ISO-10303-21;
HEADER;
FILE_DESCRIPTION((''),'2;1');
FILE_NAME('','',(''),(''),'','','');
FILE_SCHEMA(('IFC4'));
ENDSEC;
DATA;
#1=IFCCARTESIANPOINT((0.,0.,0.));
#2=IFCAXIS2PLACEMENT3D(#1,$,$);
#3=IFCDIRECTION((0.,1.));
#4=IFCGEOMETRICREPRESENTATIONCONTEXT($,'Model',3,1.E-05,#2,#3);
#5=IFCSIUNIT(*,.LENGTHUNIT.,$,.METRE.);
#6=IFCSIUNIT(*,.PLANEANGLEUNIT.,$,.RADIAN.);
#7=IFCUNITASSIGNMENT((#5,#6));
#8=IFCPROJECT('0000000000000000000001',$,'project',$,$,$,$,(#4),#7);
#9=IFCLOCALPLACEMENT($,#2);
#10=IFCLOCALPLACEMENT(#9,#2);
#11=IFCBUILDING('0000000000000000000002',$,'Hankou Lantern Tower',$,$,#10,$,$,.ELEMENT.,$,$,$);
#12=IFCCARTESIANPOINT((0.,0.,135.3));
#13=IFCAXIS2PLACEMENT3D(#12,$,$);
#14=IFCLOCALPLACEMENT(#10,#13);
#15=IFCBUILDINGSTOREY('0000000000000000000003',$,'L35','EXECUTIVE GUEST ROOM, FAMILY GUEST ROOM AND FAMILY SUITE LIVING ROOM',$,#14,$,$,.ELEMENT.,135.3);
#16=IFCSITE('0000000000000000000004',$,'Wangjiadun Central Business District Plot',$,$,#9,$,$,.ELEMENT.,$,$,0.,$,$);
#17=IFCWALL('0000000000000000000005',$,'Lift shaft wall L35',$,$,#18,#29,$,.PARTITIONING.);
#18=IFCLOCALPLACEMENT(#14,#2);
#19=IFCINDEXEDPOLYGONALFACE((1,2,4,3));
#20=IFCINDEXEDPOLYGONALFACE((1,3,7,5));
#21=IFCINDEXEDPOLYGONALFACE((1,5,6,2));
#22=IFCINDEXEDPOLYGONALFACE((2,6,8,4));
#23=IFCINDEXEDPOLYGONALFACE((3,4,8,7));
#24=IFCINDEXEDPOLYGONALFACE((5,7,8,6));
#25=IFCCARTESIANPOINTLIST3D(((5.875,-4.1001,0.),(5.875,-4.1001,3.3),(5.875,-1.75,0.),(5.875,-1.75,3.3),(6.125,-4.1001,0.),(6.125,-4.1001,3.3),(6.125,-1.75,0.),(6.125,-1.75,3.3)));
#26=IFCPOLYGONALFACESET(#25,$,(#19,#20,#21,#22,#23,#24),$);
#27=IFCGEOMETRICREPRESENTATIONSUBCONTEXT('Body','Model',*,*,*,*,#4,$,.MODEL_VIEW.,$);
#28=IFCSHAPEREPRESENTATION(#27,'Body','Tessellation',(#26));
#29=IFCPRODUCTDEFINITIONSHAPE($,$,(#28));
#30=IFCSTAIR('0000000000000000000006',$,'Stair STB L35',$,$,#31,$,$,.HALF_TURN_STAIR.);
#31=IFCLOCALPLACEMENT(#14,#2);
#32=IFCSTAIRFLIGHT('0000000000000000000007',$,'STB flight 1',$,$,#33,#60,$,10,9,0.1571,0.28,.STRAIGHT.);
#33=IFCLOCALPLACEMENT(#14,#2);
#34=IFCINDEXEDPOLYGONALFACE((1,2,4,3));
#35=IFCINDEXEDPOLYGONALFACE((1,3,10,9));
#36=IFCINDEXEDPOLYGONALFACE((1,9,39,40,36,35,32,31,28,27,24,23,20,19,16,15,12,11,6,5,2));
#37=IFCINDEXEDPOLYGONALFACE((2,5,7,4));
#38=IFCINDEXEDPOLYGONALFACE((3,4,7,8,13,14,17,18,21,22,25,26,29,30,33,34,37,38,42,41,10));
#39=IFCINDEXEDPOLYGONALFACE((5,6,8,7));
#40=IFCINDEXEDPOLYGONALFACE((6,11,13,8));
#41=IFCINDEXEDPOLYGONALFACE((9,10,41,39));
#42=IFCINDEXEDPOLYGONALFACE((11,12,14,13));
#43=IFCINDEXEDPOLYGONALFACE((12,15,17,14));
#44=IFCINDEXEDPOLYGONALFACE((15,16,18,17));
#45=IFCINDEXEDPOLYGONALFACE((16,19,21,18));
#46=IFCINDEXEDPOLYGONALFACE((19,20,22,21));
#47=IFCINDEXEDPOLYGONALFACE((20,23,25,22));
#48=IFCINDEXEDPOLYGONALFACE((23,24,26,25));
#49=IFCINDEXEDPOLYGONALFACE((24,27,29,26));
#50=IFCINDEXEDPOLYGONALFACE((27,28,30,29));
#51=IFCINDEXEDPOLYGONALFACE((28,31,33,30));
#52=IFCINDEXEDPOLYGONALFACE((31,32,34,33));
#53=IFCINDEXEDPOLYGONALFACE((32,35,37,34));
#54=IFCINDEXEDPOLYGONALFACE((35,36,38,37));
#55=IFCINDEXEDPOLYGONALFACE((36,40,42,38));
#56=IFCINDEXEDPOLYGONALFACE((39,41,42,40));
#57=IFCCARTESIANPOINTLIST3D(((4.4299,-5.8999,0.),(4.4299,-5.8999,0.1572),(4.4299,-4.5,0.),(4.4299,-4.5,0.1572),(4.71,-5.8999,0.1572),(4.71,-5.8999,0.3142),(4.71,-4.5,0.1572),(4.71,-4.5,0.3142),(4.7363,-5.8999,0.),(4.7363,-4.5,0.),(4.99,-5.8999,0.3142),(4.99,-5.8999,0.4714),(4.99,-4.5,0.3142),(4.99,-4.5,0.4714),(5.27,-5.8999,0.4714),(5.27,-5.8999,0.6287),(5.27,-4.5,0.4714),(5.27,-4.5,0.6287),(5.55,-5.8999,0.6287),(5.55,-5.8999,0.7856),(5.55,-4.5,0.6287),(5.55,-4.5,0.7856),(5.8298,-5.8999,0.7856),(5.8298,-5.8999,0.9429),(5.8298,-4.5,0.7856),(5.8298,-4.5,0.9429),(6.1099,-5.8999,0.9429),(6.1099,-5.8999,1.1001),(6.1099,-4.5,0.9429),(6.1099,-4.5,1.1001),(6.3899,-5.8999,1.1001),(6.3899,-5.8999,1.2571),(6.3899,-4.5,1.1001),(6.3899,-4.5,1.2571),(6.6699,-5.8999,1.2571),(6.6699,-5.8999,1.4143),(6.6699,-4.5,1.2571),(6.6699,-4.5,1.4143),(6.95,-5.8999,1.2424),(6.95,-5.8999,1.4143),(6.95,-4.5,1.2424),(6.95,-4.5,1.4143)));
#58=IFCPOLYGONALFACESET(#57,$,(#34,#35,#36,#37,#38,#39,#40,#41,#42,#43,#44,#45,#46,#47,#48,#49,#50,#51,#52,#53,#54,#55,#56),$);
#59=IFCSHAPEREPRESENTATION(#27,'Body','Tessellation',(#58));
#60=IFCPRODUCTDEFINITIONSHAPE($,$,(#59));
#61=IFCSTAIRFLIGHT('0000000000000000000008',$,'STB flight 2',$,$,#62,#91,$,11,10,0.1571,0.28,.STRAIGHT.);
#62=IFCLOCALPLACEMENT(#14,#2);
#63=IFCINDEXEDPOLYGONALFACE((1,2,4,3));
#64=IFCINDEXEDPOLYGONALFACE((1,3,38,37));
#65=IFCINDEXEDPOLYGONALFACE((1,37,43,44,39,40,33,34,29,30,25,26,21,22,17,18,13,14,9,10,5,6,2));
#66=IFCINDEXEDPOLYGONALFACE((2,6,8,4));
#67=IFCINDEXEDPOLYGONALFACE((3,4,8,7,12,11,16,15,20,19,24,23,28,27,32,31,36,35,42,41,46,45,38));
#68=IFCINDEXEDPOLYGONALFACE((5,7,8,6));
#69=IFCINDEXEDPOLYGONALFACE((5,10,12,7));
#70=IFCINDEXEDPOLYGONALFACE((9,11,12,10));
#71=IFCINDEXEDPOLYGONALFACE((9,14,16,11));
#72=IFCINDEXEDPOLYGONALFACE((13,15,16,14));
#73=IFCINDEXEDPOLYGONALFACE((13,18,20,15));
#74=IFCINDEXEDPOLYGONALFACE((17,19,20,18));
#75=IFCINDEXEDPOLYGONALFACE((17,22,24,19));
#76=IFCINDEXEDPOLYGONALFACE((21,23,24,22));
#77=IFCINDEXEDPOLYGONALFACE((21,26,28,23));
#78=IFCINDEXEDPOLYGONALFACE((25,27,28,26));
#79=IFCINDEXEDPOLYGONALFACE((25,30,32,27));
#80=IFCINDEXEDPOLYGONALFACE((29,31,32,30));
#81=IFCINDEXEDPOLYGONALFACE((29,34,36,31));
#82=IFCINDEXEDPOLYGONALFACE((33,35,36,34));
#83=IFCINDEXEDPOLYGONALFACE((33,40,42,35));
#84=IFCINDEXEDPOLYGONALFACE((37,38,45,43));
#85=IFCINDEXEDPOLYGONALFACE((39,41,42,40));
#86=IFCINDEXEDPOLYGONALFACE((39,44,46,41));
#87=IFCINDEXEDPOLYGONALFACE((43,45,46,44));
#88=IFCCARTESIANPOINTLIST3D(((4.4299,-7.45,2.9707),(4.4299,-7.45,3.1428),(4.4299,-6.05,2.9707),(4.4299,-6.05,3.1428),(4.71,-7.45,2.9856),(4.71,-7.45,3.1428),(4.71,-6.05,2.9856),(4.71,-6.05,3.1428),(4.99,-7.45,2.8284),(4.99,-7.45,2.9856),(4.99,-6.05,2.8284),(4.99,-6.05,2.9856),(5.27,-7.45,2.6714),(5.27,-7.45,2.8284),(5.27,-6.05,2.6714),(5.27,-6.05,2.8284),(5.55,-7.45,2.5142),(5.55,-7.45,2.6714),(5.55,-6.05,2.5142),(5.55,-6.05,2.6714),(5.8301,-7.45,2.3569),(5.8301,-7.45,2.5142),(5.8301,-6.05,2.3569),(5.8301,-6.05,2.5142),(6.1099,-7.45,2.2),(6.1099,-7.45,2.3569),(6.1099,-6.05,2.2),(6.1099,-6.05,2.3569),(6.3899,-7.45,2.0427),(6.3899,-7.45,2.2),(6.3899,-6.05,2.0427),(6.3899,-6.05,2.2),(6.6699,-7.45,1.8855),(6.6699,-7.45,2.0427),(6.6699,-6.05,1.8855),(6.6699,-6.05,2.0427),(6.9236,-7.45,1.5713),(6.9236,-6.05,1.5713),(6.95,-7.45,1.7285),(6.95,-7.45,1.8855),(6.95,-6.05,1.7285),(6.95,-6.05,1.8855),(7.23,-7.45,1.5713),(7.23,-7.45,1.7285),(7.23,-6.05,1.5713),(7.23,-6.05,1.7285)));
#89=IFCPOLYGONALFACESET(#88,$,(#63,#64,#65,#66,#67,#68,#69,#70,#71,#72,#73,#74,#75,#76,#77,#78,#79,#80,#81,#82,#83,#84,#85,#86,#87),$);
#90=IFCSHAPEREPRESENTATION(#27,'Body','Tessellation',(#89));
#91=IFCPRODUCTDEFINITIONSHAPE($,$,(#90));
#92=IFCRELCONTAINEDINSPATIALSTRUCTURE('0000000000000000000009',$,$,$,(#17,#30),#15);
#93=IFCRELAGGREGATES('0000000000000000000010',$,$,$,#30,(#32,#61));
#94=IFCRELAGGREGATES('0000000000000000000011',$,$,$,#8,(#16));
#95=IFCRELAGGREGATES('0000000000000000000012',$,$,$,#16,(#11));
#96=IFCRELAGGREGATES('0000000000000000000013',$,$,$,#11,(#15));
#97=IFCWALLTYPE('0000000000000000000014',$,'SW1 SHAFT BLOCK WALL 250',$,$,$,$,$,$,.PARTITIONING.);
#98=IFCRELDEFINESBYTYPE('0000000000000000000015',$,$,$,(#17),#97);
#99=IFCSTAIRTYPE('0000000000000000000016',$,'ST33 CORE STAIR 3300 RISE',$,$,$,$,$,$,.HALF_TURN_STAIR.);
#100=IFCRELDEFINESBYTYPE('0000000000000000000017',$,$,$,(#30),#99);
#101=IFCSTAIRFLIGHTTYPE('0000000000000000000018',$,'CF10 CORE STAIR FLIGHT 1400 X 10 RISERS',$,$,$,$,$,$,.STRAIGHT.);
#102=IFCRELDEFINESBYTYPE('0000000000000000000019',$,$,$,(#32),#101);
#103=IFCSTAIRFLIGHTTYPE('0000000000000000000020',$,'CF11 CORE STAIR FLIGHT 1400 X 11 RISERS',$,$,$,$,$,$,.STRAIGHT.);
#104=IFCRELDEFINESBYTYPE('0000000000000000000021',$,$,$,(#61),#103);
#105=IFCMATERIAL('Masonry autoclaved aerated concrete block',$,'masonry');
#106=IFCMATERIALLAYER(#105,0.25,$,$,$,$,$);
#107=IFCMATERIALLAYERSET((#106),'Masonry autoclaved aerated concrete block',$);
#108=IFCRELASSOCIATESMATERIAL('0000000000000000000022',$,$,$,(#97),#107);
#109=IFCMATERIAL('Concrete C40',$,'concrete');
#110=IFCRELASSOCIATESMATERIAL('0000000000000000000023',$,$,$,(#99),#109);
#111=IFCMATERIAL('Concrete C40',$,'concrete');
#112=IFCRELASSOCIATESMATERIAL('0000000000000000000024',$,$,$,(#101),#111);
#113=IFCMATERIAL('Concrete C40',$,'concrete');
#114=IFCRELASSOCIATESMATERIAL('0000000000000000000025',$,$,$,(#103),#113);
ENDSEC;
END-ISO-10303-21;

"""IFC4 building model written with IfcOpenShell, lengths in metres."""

from ifc_helpers import new_model, si_unit, direction, frame, frame_2d, origin, place, context, subcontext, project, spatial, polyline, rectangle, outline, extrude, material, layer, layer_set, type_object, element, aggregate, save


model = new_model("IFC4")

# Units and contexts
model_context = context("Model", 3, precision=1e-05, world=origin(), true_north=direction((0.0, 1.0)))
body_context = subcontext(model_context, "Body", "Model", "MODEL_VIEW")
ifc_project = project(units=[si_unit("LENGTHUNIT", "METRE"), si_unit("PLANEANGLEUNIT", "RADIAN")], contexts=[model_context])

# Site, building, storey
site_placement = place(None, origin())
site = spatial("IfcSite", under=ifc_project, at=site_placement, Name="Wangjiadun Central Business District Plot", CompositionType="ELEMENT", RefElevation=0.0)
building_placement = place(site_placement, origin())
building = spatial("IfcBuilding", under=site, at=building_placement, Name="Hankou Lantern Tower", CompositionType="ELEMENT")
storey_placement = place(building_placement, frame((0.0, 0.0, 135.3)))
storey = spatial("IfcBuildingStorey", under=building, at=storey_placement, Name="L35", Description="EXECUTIVE GUEST ROOM, FAMILY GUEST ROOM AND FAMILY SUITE LIVING ROOM", CompositionType="ELEMENT", Elevation=135.3)

# Wall
ifc_material_1 = material(Name="Masonry autoclaved aerated concrete block", Category="masonry")
ifc_layer_1 = layer(ifc_material_1, 0.25)
ifc_layer_set_1 = layer_set([ifc_layer_1], Name="Masonry autoclaved aerated concrete block")
wall_type_1 = type_object("IfcWallType", Name="SW1 SHAFT BLOCK WALL 250", PredefinedType="PARTITIONING", material=ifc_layer_set_1)
for number, where, z_axis, x_axis, name in (
    (1, (6.0, -4.1001, 0.0), (0.0, 0.0, 1.0), (0.0, 1.0, 0.0), "Lift shaft wall L35"),
):
    element("IfcWall", number, at=place(storey_placement, frame(where, z_axis=z_axis, x_axis=x_axis)), inside=storey, type_object=wall_type_1, Name=name, PredefinedType="PARTITIONING", context=body_context, shape_type="SweptSolid", body=[
        extrude(rectangle(XDim=2.3501, YDim=0.25, at=frame_2d((1.175, 0.0))), origin(), (0.0, 0.0, 1.0), 3.3),
    ])

# Stair, stair flights
ifc_material_2 = material(Name="Concrete C40", Category="concrete")
stair_type = type_object("IfcStairType", Name="ST33 CORE STAIR 3300 RISE", PredefinedType="HALF_TURN_STAIR", material=ifc_material_2)
stair_placement = place(storey_placement, origin())
stair = element("IfcStair", 2, at=stair_placement, inside=storey, type_object=stair_type, Name="Stair STB L35", PredefinedType="HALF_TURN_STAIR")
ifc_material_3 = material(Name="Concrete C40", Category="concrete")
stair_flight_type_1 = type_object("IfcStairFlightType", Name="CF10 CORE STAIR FLIGHT 1400 X 10 RISERS", PredefinedType="STRAIGHT", material=ifc_material_3)
stair_flight_1_placement = place(storey_placement, frame((4.4299, -5.2, 0.0), z_axis=(0.0, 0.0, 1.0), x_axis=(1.0, 0.0, 0.0)))
stair_flight_1 = element("IfcStairFlight", 3, at=stair_flight_1_placement, type_object=stair_flight_type_1, Name="STB flight 1", NumberOfRisers=10, NumberOfTreads=9, PredefinedType="STRAIGHT", RiserHeight=0.1571, TreadLength=0.28, context=body_context, shape_type="SweptSolid", body=[
    extrude(outline(polyline([(0.0, 0.0), (0.0, 0.1572), (0.28, 0.1572), (0.28, 0.3142), (0.5601, 0.3142), (0.5601, 0.4714), (0.8401, 0.4714), (0.8401, 0.6287), (1.1201, 0.6287), (1.1201, 0.7856), (1.3999, 0.7856), (1.3999, 0.9429), (1.6799, 0.9429), (1.6799, 1.1001), (1.96, 1.1001), (1.96, 1.2571), (2.24, 1.2571), (2.24, 1.4143), (2.52, 1.4143), (2.52, 1.5715), (2.52, 1.2424), (0.3064, 0.0), (0.0, 0.0)])), frame((0.0, 0.7, 0.0), z_axis=(0.0, -1.0, 0.0), x_axis=(1.0, 0.0, 0.0)), (0.0, 0.0, 1.0), 1.3999),
])
ifc_material_4 = material(Name="Concrete C40", Category="concrete")
stair_flight_type_2 = type_object("IfcStairFlightType", Name="CF11 CORE STAIR FLIGHT 1400 X 11 RISERS", PredefinedType="STRAIGHT", material=ifc_material_4)
stair_flight_2_placement = place(storey_placement, frame((7.23, -6.75, 1.5713), z_axis=(0.0, 0.0, 1.0), x_axis=(-1.0, 0.0, 0.0)))
stair_flight_2 = element("IfcStairFlight", 4, at=stair_flight_2_placement, type_object=stair_flight_type_2, Name="STB flight 2", NumberOfRisers=11, NumberOfTreads=10, PredefinedType="STRAIGHT", RiserHeight=0.1571, TreadLength=0.28, context=body_context, shape_type="SweptSolid", body=[
    extrude(outline(polyline([(0.0, 0.0), (0.0, 0.1572), (0.28, 0.1572), (0.28, 0.3142), (0.5601, 0.3142), (0.5601, 0.4714), (0.8401, 0.4714), (0.8401, 0.6287), (1.1201, 0.6287), (1.1201, 0.7856), (1.3999, 0.7856), (1.3999, 0.9429), (1.6799, 0.9429), (1.6799, 1.1001), (1.96, 1.1001), (1.96, 1.2571), (2.24, 1.2571), (2.24, 1.4143), (2.52, 1.4143), (2.52, 1.5715), (2.8, 1.5715), (2.8, 1.7285), (2.8, 1.3994), (0.3064, 0.0), (0.0, 0.0)])), frame((0.0, 0.7, 0.0), z_axis=(0.0, -1.0, 0.0), x_axis=(1.0, 0.0, 0.0)), (0.0, 0.0, 1.0), 1.3999),
])
aggregate(stair, [stair_flight_1, stair_flight_2])

save(model, "model.ifc")
